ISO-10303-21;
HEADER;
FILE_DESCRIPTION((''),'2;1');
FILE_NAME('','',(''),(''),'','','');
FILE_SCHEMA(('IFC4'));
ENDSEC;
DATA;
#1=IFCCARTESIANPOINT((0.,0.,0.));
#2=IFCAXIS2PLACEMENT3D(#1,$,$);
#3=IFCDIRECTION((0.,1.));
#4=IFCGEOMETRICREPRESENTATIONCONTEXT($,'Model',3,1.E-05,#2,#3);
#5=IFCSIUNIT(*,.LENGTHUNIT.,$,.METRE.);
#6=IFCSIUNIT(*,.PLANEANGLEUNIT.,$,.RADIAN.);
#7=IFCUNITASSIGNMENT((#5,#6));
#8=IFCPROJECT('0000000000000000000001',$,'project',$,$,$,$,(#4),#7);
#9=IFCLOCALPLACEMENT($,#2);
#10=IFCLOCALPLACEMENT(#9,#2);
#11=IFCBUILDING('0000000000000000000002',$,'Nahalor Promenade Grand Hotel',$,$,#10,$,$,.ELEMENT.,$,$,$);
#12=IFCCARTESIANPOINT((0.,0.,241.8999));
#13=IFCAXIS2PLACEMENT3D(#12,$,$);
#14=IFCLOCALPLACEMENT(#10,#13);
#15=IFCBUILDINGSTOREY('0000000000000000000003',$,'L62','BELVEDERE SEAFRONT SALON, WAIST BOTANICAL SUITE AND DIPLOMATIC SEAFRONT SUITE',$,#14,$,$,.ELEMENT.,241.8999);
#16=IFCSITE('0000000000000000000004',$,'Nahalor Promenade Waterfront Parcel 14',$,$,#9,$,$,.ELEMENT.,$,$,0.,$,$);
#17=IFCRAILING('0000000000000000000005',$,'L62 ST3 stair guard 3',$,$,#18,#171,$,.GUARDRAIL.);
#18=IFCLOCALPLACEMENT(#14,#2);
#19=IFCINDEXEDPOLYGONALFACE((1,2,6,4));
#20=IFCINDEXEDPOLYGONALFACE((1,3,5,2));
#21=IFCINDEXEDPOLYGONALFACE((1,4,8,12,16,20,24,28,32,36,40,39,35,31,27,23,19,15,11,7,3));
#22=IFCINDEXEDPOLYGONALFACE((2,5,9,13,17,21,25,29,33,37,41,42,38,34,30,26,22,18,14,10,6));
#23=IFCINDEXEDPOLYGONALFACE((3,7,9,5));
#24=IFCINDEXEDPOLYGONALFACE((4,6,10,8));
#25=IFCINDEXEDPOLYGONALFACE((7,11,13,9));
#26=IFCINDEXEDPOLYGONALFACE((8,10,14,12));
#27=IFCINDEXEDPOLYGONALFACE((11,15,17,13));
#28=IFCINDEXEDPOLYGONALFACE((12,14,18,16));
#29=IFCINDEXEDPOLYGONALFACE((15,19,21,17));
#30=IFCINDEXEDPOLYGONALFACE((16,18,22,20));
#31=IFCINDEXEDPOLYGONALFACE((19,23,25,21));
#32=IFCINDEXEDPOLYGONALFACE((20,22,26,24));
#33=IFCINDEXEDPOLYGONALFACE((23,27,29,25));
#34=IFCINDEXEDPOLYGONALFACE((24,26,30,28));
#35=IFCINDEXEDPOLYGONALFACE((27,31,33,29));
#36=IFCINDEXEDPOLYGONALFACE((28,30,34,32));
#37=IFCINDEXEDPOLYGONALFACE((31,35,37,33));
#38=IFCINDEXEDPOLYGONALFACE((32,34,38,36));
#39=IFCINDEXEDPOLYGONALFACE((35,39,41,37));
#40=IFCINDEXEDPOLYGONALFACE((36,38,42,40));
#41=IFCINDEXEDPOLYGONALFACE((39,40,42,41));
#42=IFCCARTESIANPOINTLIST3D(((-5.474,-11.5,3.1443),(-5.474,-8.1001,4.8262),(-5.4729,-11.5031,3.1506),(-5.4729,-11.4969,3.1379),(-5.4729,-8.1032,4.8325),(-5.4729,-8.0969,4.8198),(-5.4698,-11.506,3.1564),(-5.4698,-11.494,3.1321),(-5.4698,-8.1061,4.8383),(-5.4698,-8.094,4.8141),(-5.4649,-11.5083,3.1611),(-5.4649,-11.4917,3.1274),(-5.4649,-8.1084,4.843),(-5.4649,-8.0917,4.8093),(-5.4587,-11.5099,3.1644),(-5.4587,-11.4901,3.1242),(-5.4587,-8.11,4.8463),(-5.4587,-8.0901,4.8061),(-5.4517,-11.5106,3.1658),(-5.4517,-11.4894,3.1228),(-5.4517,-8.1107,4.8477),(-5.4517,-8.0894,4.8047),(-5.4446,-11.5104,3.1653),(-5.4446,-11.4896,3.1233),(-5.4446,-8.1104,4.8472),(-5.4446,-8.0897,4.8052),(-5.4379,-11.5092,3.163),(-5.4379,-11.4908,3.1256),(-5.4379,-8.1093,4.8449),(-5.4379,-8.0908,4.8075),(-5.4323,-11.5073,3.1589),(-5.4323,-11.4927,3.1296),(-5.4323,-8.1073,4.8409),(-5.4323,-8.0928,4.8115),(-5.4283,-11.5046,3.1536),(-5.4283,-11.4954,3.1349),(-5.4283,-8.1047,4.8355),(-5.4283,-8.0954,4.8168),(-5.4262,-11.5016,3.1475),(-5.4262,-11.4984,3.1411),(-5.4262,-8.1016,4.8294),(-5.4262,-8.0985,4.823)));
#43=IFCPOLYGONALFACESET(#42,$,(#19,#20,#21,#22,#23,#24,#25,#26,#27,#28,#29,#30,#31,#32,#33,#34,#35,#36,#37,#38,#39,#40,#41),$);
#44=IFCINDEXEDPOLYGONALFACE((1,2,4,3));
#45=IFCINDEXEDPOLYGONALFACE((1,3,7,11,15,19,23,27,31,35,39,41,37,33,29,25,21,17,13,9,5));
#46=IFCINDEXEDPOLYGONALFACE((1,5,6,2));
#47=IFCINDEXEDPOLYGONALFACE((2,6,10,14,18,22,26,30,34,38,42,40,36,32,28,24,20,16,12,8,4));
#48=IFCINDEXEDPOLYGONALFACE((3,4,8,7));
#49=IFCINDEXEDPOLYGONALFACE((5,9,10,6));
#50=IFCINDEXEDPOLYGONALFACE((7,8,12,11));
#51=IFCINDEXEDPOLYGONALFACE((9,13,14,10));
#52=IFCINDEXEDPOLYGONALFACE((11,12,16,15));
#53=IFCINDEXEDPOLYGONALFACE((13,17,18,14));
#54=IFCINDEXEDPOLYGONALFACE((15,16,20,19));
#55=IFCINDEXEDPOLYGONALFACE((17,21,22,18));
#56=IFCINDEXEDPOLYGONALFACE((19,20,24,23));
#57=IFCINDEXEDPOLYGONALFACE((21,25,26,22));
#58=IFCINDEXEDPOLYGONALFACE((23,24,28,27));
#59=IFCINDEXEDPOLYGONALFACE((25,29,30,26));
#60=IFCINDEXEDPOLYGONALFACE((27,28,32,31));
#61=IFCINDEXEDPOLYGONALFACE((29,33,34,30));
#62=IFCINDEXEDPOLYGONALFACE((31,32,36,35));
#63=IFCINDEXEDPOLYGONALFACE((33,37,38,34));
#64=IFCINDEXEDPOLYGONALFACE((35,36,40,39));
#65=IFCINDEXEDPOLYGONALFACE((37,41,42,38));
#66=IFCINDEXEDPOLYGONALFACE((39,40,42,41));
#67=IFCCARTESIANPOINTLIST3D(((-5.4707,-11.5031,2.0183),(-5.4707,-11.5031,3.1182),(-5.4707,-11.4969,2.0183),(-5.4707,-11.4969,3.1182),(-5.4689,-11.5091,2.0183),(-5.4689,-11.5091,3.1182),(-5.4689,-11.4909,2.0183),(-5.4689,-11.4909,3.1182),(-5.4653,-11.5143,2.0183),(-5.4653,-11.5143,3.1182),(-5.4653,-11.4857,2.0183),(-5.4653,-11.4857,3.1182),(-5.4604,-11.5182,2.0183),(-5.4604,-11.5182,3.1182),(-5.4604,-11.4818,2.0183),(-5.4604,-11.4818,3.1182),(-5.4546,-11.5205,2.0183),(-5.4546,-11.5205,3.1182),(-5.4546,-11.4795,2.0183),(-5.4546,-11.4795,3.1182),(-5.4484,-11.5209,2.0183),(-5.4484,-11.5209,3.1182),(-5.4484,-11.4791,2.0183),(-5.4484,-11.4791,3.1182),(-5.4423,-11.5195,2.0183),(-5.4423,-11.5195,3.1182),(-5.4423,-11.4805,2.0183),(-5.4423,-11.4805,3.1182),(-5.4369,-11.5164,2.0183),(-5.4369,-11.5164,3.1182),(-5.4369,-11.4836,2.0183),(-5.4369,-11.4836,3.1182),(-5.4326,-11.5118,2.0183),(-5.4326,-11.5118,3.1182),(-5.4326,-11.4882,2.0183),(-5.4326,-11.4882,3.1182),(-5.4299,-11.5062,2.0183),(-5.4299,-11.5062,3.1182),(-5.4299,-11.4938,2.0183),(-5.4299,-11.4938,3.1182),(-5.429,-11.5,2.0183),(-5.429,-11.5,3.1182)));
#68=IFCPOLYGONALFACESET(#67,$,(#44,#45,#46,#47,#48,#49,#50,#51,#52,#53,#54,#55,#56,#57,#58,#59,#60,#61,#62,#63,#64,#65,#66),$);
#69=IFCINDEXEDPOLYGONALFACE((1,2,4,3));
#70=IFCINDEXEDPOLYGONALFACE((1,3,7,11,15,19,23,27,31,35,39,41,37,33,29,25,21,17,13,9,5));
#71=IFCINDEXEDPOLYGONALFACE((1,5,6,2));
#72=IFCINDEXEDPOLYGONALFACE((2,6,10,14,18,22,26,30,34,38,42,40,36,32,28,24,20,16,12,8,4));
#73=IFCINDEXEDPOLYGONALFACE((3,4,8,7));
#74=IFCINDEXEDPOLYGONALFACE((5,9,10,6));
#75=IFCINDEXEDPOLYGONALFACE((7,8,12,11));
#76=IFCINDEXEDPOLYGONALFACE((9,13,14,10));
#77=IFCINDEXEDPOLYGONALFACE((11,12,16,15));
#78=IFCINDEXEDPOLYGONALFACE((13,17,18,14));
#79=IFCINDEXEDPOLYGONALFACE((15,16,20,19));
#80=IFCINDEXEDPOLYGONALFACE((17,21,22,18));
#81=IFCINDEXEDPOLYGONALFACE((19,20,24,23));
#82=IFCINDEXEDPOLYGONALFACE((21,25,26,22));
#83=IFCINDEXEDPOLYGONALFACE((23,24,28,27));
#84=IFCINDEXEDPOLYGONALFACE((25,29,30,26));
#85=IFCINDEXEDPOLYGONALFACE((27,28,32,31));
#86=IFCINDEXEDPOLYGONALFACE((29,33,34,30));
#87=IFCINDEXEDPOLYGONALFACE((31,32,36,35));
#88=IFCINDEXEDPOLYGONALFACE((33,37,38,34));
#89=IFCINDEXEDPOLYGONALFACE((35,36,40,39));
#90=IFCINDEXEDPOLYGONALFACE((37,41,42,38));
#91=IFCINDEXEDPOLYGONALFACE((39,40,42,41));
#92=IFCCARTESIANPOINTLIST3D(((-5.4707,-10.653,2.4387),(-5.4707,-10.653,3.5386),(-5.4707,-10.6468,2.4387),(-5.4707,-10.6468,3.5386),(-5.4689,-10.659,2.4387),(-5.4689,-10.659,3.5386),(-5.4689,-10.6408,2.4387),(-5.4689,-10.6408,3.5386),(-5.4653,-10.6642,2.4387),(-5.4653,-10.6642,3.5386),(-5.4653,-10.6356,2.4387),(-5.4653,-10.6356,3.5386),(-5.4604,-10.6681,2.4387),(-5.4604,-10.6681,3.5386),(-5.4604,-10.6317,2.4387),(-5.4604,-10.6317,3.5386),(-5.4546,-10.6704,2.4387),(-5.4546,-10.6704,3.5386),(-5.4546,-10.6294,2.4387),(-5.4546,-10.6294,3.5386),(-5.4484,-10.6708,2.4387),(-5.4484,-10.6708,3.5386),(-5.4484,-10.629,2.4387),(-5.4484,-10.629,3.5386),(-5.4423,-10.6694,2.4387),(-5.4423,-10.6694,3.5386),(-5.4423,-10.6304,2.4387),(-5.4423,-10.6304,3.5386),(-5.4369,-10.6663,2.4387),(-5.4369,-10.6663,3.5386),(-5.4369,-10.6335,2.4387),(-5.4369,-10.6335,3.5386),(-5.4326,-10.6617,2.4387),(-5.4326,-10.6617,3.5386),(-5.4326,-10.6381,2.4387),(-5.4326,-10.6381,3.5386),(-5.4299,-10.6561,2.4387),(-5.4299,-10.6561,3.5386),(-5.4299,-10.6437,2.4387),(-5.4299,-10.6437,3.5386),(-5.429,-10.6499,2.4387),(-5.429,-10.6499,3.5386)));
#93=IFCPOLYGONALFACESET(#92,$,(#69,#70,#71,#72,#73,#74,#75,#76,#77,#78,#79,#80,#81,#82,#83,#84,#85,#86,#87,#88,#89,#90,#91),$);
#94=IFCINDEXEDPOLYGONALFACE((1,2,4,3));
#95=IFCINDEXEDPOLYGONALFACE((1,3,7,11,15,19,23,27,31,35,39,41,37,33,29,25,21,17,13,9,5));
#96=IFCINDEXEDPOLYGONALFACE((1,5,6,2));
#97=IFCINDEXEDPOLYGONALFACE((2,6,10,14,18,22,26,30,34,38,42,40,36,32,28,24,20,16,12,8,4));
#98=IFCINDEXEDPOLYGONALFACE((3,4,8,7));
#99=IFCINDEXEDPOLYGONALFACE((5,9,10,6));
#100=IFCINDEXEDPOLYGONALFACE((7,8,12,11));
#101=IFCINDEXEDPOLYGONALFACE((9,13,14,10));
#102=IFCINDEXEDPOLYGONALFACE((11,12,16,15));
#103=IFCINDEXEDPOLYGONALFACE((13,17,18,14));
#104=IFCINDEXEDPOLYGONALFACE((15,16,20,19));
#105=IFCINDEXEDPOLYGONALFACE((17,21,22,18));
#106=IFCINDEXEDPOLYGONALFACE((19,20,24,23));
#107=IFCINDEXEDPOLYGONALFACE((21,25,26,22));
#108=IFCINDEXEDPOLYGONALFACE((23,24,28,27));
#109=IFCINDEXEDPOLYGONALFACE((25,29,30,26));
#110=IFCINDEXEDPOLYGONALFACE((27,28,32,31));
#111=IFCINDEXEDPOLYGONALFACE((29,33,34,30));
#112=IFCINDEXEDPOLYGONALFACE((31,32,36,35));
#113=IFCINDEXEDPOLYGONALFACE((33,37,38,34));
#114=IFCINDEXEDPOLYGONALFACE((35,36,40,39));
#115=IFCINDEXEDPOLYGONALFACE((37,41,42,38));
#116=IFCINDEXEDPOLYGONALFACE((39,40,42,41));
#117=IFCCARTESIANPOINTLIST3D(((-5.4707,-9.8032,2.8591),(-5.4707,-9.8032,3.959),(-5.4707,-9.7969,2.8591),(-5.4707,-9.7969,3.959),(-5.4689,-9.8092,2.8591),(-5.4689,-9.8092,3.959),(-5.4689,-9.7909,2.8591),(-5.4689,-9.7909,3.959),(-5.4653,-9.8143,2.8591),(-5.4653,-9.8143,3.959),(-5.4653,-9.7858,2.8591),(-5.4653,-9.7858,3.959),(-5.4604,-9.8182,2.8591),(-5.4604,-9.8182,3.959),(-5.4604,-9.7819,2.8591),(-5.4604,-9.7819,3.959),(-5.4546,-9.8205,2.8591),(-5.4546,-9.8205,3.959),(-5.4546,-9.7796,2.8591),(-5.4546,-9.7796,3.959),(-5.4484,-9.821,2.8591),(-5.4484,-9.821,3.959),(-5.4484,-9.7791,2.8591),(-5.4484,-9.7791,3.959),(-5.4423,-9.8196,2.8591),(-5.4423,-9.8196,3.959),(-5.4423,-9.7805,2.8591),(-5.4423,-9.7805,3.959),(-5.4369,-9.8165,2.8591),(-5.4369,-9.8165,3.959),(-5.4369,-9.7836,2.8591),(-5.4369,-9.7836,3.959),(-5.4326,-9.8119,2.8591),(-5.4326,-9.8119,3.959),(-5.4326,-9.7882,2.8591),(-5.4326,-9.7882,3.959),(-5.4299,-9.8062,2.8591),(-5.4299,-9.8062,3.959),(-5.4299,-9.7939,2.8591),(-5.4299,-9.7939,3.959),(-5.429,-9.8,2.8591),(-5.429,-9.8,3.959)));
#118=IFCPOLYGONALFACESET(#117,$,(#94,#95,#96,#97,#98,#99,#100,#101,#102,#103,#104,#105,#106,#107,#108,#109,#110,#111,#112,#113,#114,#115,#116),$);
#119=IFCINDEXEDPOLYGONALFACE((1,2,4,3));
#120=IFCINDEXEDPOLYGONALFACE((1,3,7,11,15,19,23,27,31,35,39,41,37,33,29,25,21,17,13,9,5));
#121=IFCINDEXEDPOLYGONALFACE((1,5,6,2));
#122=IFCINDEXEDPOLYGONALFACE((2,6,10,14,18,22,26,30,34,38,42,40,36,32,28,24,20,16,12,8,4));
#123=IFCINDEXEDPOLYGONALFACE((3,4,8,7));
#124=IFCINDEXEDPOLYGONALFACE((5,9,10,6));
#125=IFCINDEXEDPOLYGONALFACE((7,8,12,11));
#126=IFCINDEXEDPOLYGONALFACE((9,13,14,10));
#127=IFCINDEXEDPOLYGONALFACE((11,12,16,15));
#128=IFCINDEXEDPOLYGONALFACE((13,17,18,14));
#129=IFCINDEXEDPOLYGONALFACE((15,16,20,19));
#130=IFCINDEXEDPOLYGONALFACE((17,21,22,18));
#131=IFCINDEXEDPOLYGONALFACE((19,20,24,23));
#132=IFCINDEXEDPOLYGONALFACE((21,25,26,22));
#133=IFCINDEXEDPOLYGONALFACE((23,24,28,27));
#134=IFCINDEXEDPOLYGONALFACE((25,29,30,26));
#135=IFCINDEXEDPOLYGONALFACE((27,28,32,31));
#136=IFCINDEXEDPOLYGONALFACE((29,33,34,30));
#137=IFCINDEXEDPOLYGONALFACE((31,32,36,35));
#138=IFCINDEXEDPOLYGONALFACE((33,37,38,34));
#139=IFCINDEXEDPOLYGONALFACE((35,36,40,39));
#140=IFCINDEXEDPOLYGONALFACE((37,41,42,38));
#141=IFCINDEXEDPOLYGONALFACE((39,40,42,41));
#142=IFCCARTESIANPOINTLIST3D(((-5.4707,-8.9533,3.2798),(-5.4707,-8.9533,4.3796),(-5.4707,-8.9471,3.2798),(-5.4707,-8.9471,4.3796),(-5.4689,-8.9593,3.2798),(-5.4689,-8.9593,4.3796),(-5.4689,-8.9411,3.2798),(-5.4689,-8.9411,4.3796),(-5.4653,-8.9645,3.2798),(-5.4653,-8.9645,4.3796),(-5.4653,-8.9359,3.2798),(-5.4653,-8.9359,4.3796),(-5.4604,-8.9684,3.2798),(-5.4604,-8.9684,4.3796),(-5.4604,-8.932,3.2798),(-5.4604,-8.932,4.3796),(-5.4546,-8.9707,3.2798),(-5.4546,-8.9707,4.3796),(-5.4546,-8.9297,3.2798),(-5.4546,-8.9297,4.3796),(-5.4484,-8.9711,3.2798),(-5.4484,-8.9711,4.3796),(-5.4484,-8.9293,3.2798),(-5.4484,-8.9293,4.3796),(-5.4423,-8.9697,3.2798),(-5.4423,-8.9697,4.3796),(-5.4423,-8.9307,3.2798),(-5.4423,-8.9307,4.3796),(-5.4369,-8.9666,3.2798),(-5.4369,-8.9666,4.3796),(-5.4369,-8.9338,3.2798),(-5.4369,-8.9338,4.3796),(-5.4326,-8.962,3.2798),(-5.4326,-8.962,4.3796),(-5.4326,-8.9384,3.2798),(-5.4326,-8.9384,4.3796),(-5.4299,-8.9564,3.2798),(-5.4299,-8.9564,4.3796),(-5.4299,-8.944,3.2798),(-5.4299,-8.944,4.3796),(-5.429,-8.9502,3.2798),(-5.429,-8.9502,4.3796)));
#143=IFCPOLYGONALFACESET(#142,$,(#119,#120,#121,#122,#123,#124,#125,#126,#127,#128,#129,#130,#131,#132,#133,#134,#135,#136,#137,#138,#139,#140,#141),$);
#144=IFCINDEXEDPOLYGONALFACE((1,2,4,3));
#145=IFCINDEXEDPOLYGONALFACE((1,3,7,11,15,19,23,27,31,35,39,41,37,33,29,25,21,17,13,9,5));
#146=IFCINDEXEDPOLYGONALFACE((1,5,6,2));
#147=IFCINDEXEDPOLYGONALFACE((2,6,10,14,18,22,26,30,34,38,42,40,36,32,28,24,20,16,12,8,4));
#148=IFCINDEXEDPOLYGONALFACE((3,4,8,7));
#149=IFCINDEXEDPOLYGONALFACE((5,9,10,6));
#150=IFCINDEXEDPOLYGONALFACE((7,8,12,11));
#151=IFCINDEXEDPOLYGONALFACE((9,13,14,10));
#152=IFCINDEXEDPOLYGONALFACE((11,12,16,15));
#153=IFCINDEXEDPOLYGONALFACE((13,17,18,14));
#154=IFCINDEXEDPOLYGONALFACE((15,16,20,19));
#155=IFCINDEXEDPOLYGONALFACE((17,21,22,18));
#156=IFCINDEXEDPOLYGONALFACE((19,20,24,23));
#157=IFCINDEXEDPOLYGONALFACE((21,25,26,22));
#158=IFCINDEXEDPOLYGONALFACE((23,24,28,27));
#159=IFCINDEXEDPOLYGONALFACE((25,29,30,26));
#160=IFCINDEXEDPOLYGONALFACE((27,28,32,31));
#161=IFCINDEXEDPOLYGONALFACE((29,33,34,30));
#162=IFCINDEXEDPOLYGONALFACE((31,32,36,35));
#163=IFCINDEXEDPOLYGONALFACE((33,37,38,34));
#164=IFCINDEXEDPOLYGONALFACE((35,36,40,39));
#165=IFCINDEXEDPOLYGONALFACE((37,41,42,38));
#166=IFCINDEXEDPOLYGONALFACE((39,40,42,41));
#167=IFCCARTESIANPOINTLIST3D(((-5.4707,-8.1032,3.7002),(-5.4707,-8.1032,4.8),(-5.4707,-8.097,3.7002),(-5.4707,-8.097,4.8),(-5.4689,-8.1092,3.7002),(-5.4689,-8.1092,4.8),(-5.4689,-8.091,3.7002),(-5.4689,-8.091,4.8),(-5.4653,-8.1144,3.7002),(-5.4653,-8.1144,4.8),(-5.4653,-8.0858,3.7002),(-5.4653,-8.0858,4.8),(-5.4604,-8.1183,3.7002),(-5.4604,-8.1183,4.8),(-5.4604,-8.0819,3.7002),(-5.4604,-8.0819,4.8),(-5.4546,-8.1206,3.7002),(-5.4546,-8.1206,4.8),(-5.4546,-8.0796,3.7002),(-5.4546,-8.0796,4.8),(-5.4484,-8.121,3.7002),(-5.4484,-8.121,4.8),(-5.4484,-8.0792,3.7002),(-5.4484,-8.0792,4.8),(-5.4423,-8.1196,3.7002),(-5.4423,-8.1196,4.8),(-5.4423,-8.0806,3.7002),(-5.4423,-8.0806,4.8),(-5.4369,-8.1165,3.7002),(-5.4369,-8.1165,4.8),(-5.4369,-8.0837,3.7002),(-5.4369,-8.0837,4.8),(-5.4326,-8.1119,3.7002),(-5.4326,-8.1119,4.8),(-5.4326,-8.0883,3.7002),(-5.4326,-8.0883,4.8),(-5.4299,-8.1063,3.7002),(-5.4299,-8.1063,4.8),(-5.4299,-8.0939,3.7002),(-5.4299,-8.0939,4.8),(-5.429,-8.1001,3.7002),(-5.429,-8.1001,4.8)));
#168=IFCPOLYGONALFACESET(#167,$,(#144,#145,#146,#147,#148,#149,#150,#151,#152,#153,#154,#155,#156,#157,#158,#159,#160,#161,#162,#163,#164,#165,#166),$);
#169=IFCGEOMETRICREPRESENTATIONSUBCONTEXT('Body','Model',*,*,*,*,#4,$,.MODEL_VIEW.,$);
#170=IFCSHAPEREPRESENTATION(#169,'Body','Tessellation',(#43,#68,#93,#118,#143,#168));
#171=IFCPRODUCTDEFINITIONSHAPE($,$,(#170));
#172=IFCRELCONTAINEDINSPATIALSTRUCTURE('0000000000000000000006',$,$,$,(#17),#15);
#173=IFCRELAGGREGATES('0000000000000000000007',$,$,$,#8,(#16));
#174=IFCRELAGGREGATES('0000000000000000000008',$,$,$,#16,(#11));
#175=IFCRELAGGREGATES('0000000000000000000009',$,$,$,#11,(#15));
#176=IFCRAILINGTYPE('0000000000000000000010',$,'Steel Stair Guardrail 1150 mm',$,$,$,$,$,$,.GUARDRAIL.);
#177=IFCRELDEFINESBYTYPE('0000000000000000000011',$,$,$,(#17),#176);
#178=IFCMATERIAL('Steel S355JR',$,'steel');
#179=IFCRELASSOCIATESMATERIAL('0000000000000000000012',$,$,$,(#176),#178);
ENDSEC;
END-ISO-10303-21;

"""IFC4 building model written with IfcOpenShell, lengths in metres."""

from ifc_helpers import new_model, si_unit, direction, frame, origin, origin_2d, place, context, subcontext, project, spatial, circle, extrude, material, type_object, element, save


model = new_model("IFC4")

# Units and contexts
model_context = context("Model", 3, precision=1e-05, world=origin(), true_north=direction((0.0, 1.0)))
body_context = subcontext(model_context, "Body", "Model", "MODEL_VIEW")
ifc_project = project(units=[si_unit("LENGTHUNIT", "METRE"), si_unit("PLANEANGLEUNIT", "RADIAN")], contexts=[model_context])

# Site, building, storey
site_placement = place(None, origin())
site = spatial("IfcSite", under=ifc_project, at=site_placement, Name="Nahalor Promenade Waterfront Parcel 14", CompositionType="ELEMENT", RefElevation=0.0)
building_placement = place(site_placement, origin())
building = spatial("IfcBuilding", under=site, at=building_placement, Name="Nahalor Promenade Grand Hotel", CompositionType="ELEMENT")
storey_placement = place(building_placement, frame((0.0, 0.0, 241.8999)))
storey = spatial("IfcBuildingStorey", under=building, at=storey_placement, Name="L62", Description="BELVEDERE SEAFRONT SALON, WAIST BOTANICAL SUITE AND DIPLOMATIC SEAFRONT SUITE", CompositionType="ELEMENT", Elevation=241.8999)

# Shared definitions
ifc_material_1 = material(Name="Steel S355JR", Category="steel")

# Railing
railing_type_1 = type_object("IfcRailingType", Name="Steel Stair Guardrail 1150 mm", PredefinedType="GUARDRAIL", material=ifc_material_1)
railing_1_placement = place(storey_placement, frame((-5.45, -11.5, 2.0183)))
element("IfcRailing", 1, at=railing_1_placement, inside=storey, type_object=railing_type_1, Name="L62 ST3 stair guard 3", PredefinedType="GUARDRAIL", context=body_context, shape_type="SweptSolid", body=[
    extrude(circle(Radius=0.024, at=origin_2d()), frame((0.0, 0.0, 1.126), z_axis=(0.0, 0.896324, 0.443399), x_axis=(-1.0, 0.0, 0.0)), (0.0, 0.0, 1.0), 3.7932),
    extrude(circle(Radius=0.021, at=origin_2d()), origin(), (0.0, 0.0, 1.0), 1.0999),
    extrude(circle(Radius=0.021, at=origin_2d()), frame((0.0, 0.8501, 0.4204)), (0.0, 0.0, 1.0), 1.0999),
    extrude(circle(Radius=0.021, at=origin_2d()), frame((0.0, 1.7, 0.8408)), (0.0, 0.0, 1.0), 1.0999),
    extrude(circle(Radius=0.021, at=origin_2d()), frame((0.0, 2.5498, 1.2615)), (0.0, 0.0, 1.0), 1.0999),
    extrude(circle(Radius=0.021, at=origin_2d()), frame((0.0, 3.3999, 1.6819)), (0.0, 0.0, 1.0), 1.0999),
])

save(model, "model.ifc")
